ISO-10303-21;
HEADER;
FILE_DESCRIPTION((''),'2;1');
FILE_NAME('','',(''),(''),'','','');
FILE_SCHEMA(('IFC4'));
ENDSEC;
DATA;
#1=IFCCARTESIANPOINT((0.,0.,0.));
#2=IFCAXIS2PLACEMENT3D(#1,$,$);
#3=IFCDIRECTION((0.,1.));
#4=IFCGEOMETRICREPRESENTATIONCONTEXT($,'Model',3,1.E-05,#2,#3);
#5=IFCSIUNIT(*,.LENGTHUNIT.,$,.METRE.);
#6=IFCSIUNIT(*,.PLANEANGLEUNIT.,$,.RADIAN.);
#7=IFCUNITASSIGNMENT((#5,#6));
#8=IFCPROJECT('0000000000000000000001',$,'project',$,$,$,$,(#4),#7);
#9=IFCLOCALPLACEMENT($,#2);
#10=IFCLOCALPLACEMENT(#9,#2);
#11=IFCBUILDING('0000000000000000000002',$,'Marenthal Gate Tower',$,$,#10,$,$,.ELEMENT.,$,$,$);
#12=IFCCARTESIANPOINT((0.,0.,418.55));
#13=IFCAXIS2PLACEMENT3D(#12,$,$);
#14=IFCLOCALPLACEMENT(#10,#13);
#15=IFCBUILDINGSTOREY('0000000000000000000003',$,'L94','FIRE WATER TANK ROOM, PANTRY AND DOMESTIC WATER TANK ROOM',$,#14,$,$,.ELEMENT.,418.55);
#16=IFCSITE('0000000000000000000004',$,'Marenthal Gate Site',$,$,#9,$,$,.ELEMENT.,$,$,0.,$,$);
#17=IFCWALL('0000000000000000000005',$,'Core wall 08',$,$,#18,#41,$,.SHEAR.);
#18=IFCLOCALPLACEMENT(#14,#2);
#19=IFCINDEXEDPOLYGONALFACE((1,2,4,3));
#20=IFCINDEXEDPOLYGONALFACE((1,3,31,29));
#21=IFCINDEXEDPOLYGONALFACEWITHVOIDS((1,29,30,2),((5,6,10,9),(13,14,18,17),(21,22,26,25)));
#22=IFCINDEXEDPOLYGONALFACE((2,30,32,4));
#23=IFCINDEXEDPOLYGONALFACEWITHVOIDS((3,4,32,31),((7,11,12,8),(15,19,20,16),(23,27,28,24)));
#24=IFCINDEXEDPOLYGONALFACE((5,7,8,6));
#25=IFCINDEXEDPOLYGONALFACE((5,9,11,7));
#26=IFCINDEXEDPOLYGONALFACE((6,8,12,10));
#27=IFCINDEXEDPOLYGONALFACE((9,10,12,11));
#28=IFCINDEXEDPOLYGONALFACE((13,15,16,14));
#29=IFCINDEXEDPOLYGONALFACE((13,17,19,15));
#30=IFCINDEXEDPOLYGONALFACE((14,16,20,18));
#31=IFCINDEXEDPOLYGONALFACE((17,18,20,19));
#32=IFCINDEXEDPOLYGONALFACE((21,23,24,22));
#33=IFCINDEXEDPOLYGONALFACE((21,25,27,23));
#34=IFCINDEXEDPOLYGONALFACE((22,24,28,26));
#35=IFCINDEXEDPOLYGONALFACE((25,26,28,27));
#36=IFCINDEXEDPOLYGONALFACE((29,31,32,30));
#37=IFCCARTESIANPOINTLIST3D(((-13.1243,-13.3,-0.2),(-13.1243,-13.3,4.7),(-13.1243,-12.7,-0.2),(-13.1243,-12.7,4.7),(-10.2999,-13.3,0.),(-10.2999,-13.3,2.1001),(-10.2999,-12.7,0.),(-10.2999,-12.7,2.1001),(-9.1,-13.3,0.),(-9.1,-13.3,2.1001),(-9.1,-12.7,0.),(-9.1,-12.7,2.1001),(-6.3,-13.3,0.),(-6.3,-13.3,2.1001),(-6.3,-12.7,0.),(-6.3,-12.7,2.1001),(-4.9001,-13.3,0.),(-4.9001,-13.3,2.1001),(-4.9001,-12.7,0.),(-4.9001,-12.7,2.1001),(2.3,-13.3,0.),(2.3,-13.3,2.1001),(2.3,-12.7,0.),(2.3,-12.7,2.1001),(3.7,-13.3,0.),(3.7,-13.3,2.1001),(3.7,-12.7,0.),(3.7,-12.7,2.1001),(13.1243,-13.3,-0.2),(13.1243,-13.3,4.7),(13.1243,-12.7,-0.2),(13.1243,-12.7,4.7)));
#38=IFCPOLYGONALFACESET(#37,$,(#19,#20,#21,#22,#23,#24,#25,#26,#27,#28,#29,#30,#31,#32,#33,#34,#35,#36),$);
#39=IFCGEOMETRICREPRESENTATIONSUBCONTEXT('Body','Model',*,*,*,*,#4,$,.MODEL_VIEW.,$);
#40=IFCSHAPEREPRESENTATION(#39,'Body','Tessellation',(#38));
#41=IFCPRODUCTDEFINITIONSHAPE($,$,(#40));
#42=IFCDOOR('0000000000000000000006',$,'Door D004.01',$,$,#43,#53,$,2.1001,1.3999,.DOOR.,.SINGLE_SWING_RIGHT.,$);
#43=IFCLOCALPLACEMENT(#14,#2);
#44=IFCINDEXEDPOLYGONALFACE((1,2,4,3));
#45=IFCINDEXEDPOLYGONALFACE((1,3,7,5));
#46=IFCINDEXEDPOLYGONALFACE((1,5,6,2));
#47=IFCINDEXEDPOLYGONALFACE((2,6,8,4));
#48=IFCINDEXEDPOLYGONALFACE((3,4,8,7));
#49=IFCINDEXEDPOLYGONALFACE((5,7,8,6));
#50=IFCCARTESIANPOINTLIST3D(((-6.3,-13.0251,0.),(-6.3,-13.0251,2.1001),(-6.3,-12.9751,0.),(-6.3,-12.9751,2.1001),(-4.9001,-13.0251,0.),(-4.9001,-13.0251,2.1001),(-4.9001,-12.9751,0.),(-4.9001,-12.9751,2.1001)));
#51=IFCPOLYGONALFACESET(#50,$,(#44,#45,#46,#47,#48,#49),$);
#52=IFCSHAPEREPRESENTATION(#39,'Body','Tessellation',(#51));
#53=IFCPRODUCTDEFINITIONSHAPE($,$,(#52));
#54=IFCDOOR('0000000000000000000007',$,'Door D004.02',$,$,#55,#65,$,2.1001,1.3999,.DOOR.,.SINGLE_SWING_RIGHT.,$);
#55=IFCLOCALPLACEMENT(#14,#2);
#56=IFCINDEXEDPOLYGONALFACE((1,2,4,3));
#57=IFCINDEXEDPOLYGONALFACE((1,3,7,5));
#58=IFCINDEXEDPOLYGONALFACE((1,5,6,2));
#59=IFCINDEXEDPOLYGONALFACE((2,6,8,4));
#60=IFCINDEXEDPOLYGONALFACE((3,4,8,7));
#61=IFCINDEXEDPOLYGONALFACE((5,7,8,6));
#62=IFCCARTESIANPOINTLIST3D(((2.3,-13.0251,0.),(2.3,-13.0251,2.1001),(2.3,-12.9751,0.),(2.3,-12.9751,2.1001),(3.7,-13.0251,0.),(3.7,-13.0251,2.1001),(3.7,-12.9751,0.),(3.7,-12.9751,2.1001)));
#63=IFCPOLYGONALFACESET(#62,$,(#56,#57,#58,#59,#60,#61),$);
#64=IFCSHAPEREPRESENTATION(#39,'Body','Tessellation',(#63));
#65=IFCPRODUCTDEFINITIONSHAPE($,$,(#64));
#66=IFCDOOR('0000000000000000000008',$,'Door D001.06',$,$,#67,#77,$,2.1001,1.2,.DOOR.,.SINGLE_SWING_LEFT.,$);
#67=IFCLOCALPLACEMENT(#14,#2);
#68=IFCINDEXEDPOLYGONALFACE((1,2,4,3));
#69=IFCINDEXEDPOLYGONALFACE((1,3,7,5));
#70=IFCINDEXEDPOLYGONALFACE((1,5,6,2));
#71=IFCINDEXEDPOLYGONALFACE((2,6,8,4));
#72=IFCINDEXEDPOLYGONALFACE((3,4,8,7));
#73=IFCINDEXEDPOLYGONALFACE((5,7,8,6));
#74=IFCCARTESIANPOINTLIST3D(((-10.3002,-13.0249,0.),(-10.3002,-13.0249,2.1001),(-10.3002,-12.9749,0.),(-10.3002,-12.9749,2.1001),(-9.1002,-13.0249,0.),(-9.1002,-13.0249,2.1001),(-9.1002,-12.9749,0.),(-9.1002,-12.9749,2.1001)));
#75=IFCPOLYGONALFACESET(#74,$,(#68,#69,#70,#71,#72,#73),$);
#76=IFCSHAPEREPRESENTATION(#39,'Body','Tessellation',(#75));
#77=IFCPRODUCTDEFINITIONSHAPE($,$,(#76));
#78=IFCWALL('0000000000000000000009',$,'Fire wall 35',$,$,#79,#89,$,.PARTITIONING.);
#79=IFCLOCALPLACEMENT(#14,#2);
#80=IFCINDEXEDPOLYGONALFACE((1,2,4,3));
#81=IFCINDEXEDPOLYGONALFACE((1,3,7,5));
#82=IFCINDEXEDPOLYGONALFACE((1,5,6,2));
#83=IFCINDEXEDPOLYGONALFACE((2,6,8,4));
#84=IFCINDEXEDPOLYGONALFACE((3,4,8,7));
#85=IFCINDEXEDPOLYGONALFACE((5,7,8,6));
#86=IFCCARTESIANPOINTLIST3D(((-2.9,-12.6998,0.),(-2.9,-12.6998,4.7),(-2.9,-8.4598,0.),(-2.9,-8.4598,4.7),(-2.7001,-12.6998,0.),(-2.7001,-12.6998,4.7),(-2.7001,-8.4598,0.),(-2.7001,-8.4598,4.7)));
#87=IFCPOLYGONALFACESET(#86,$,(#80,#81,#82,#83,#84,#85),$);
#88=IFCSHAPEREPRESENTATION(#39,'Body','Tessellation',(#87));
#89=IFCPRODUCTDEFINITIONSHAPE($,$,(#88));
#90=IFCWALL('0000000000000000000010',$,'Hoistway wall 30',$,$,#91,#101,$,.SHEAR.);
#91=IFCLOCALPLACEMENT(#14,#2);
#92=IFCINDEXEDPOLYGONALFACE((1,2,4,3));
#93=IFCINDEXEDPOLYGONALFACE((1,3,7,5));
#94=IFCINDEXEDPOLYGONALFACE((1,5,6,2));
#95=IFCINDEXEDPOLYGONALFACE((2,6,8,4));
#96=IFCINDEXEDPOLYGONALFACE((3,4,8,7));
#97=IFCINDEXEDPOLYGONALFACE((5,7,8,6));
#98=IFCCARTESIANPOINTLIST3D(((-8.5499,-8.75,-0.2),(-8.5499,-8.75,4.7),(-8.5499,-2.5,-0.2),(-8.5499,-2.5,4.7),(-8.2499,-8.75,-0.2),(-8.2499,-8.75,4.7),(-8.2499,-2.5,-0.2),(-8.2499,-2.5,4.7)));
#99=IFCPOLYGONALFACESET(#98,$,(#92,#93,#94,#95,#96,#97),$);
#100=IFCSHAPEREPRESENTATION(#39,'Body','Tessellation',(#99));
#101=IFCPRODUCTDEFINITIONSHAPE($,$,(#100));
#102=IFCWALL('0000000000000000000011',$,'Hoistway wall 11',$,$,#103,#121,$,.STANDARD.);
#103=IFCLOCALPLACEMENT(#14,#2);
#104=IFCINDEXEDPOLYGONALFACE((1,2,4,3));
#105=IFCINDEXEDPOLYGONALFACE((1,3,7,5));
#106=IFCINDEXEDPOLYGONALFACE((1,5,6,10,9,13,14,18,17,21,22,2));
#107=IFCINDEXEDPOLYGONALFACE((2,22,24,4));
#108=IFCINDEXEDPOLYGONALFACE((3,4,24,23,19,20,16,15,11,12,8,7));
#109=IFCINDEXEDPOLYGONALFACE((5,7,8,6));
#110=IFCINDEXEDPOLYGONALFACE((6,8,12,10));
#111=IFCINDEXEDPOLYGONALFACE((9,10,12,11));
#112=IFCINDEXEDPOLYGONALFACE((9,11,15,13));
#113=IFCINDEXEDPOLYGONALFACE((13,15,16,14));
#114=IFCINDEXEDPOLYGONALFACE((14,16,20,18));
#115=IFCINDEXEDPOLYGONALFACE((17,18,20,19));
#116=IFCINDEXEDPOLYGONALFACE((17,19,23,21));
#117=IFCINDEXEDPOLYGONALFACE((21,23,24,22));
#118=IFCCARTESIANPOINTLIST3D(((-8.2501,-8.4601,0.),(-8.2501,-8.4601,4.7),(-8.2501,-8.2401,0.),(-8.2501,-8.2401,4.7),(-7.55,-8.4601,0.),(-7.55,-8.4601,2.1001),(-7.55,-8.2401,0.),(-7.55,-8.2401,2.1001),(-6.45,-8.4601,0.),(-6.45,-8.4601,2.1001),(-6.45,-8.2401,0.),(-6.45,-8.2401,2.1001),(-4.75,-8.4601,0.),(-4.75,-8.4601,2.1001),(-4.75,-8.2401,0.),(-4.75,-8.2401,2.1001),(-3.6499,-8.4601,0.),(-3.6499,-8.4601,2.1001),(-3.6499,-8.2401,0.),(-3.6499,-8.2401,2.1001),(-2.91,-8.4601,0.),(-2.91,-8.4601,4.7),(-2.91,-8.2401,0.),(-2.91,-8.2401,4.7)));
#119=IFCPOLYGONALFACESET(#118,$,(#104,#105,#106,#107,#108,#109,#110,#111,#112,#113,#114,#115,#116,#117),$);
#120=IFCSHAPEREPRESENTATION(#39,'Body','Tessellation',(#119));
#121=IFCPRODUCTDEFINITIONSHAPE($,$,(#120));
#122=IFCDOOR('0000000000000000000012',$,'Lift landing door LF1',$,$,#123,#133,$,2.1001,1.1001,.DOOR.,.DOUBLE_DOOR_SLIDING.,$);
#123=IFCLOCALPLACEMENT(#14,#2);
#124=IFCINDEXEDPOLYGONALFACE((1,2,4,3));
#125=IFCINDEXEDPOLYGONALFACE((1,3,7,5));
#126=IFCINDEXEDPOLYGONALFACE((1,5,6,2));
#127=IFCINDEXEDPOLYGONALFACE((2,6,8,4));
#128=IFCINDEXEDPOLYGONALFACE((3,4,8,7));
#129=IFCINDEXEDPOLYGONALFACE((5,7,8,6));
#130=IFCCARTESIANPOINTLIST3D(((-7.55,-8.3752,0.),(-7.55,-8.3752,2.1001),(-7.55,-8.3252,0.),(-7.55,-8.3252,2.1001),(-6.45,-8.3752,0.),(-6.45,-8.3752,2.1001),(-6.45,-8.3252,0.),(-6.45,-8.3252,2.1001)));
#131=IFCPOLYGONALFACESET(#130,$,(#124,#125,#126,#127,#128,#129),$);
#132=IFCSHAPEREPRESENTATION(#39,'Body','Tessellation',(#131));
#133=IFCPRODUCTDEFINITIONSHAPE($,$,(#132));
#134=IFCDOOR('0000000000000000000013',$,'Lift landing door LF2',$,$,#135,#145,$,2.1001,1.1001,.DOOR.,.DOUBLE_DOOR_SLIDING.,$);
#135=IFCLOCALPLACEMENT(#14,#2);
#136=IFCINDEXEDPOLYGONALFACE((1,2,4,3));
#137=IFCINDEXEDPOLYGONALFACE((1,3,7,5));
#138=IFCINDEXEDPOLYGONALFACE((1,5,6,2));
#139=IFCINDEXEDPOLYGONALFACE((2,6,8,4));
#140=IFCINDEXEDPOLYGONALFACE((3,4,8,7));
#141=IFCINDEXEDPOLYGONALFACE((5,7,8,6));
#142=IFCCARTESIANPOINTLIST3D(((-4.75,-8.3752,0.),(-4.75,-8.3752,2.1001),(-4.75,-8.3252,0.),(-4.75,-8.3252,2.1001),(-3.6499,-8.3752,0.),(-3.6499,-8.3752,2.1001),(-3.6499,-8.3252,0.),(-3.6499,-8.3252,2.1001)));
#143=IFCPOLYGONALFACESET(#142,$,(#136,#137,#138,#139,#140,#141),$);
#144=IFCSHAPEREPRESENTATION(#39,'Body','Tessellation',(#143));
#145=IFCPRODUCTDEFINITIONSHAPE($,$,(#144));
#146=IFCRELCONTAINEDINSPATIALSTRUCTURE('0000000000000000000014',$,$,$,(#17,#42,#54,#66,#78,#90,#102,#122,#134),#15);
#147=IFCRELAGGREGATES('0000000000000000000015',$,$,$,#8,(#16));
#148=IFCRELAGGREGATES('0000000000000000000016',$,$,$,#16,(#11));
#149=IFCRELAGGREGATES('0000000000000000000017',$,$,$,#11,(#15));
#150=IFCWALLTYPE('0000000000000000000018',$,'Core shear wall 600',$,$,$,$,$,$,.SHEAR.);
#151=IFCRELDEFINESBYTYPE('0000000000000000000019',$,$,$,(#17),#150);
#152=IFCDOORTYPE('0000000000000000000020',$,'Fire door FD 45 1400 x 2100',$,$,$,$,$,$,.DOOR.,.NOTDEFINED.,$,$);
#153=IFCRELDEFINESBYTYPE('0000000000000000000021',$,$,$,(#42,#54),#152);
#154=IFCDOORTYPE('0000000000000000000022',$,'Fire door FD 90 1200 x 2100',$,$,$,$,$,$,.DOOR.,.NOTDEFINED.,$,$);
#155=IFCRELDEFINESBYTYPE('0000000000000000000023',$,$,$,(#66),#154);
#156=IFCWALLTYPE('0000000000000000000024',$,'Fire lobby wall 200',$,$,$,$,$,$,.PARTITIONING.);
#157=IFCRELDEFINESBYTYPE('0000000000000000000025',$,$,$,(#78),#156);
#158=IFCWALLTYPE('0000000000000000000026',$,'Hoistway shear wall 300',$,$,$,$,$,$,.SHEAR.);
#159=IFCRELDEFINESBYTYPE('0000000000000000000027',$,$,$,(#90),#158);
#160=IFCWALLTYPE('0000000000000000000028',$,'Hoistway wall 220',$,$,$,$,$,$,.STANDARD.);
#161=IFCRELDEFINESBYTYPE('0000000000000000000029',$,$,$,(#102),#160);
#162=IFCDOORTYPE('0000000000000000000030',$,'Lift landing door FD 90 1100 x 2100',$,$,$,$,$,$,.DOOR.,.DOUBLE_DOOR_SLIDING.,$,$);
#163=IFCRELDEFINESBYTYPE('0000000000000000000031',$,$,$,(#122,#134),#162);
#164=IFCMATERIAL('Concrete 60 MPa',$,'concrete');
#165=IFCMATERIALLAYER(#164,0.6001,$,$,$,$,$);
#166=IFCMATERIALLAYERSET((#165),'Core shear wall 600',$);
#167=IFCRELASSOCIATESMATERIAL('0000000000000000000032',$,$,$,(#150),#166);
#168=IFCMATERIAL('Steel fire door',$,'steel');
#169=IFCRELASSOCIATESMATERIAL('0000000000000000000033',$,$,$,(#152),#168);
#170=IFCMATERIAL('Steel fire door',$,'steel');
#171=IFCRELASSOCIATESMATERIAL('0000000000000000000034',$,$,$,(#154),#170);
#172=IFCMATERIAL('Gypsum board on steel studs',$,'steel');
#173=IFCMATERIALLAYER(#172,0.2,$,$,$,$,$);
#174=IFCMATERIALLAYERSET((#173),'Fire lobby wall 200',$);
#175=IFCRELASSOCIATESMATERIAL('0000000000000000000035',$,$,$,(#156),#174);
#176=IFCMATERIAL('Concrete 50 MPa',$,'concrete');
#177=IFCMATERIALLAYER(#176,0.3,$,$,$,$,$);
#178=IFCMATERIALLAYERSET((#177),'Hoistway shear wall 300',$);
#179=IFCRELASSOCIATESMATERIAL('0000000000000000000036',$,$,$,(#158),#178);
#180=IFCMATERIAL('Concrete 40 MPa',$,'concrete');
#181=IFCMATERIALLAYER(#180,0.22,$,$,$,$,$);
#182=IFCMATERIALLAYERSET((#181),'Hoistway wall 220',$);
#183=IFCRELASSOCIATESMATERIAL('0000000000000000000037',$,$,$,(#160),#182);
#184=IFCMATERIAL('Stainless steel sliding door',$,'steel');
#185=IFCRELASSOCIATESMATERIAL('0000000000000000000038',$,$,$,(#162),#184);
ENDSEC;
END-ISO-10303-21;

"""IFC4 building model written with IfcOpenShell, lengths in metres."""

from ifc_helpers import new_model, si_unit, direction, frame, frame_2d, origin, place, context, subcontext, project, spatial, rectangle, extrude, material, layer, layer_set, type_object, element, fill, save


model = new_model("IFC4")

# Units and contexts
model_context = context("Model", 3, precision=1e-05, world=origin(), true_north=direction((0.0, 1.0)))
body_context = subcontext(model_context, "Body", "Model", "MODEL_VIEW")
ifc_project = project(units=[si_unit("LENGTHUNIT", "METRE"), si_unit("PLANEANGLEUNIT", "RADIAN")], contexts=[model_context])

# Site, building, storey
site_placement = place(None, origin())
site = spatial("IfcSite", under=ifc_project, at=site_placement, Name="Marenthal Gate Site", CompositionType="ELEMENT", RefElevation=0.0)
building_placement = place(site_placement, origin())
building = spatial("IfcBuilding", under=site, at=building_placement, Name="Marenthal Gate Tower", CompositionType="ELEMENT")
storey_placement = place(building_placement, frame((0.0, 0.0, 418.55)))
storey = spatial("IfcBuildingStorey", under=building, at=storey_placement, Name="L94", Description="FIRE WATER TANK ROOM, PANTRY AND DOMESTIC WATER TANK ROOM", CompositionType="ELEMENT", Elevation=418.55)

# Wall, openings, doors
ifc_material_1 = material(Name="Concrete 60 MPa", Category="concrete")
ifc_layer_1 = layer(ifc_material_1, 0.6001)
ifc_layer_set_1 = layer_set([ifc_layer_1], Name="Core shear wall 600")
wall_type_1 = type_object("IfcWallType", Name="Core shear wall 600", PredefinedType="SHEAR", material=ifc_layer_set_1)
wall_1_placement = place(storey_placement, frame((-13.1243, -13.0, -0.2), z_axis=(0.0, 0.0, 1.0), x_axis=(1.0, 0.0, 0.0)))
wall_1 = element("IfcWall", 1, at=wall_1_placement, inside=storey, type_object=wall_type_1, Name="Core wall 08", PredefinedType="SHEAR", context=body_context, shape_type="SweptSolid", body=[
    extrude(rectangle(XDim=26.2485, YDim=0.6001, at=frame_2d((13.1243, 0.0))), origin(), (0.0, 0.0, 1.0), 4.8999),
])
opening_1_placement = place(wall_1_placement, frame((2.8242, 0.0, 0.2)))
opening_1 = element("IfcOpeningElement", 2, at=opening_1_placement, cuts=wall_1, PredefinedType="OPENING", context=body_context, shape_type="SweptSolid", body=[
    extrude(rectangle(XDim=1.2, YDim=2.1001, at=frame_2d((0.6001, 1.05))), frame((0.0, 0.3101, 0.0), z_axis=(0.0, -1.0, 0.0), x_axis=(1.0, 0.0, 0.0)), (0.0, 0.0, 1.0), 0.6201),
])
opening_2_placement = place(wall_1_placement, frame((6.8242, 0.0, 0.2)))
opening_2 = element("IfcOpeningElement", 3, at=opening_2_placement, cuts=wall_1, PredefinedType="OPENING", context=body_context, shape_type="SweptSolid", body=[
    extrude(rectangle(XDim=1.3999, YDim=2.1001, at=frame_2d((0.7, 1.05))), frame((0.0, 0.3101, 0.0), z_axis=(0.0, -1.0, 0.0), x_axis=(1.0, 0.0, 0.0)), (0.0, 0.0, 1.0), 0.6201),
])
opening_3_placement = place(wall_1_placement, frame((15.4243, 0.0, 0.2)))
opening_3 = element("IfcOpeningElement", 4, at=opening_3_placement, cuts=wall_1, PredefinedType="OPENING", context=body_context, shape_type="SweptSolid", body=[
    extrude(rectangle(XDim=1.3999, YDim=2.1001, at=frame_2d((0.7, 1.05))), frame((0.0, 0.3101, 0.0), z_axis=(0.0, -1.0, 0.0), x_axis=(1.0, 0.0, 0.0)), (0.0, 0.0, 1.0), 0.6201),
])
ifc_material_2 = material(Name="Steel fire door", Category="steel")
door_type_1 = type_object("IfcDoorType", Name="Fire door FD 45 1400 x 2100", OperationType="NOTDEFINED", PredefinedType="DOOR", material=ifc_material_2)
door_1_placement = place(opening_2_placement, origin())
door_1 = element("IfcDoor", 5, at=door_1_placement, inside=storey, type_object=door_type_1, Name="Door D004.01", OperationType="SINGLE_SWING_RIGHT", OverallHeight=2.1001, OverallWidth=1.3999, PredefinedType="DOOR", context=body_context, shape_type="SweptSolid", body=[
    extrude(rectangle(XDim=1.3999, YDim=2.1001, at=frame_2d((0.7, 1.05))), frame((0.0, 0.0249, 0.0), z_axis=(0.0, -1.0, 0.0), x_axis=(1.0, 0.0, 0.0)), (0.0, 0.0, 1.0), 0.05),
])
fill(opening_2, door_1)
door_2_placement = place(opening_3_placement, origin())
door_2 = element("IfcDoor", 6, at=door_2_placement, inside=storey, type_object=door_type_1, Name="Door D004.02", OperationType="SINGLE_SWING_RIGHT", OverallHeight=2.1001, OverallWidth=1.3999, PredefinedType="DOOR", context=body_context, shape_type="SweptSolid", body=[
    extrude(rectangle(XDim=1.3999, YDim=2.1001, at=frame_2d((0.7, 1.05))), frame((0.0, 0.0249, 0.0), z_axis=(0.0, -1.0, 0.0), x_axis=(1.0, 0.0, 0.0)), (0.0, 0.0, 1.0), 0.05),
])
fill(opening_3, door_2)
ifc_material_3 = material(Name="Steel fire door", Category="steel")
door_type_2 = type_object("IfcDoorType", Name="Fire door FD 90 1200 x 2100", OperationType="NOTDEFINED", PredefinedType="DOOR", material=ifc_material_3)
door_3_placement = place(opening_1_placement, frame((1.2, 0.0, 0.0), z_axis=(0.0, 0.0, 1.0), x_axis=(-1.0, 0.0, 0.0)))
door_3 = element("IfcDoor", 7, at=door_3_placement, inside=storey, type_object=door_type_2, Name="Door D001.06", OperationType="SINGLE_SWING_LEFT", OverallHeight=2.1001, OverallWidth=1.2, PredefinedType="DOOR", context=body_context, shape_type="SweptSolid", body=[
    extrude(rectangle(XDim=1.2, YDim=2.1001, at=frame_2d((0.6001, 1.05))), frame((0.0, 0.0249, 0.0), z_axis=(0.0, -1.0, 0.0), x_axis=(1.0, 0.0, 0.0)), (0.0, 0.0, 1.0), 0.05),
])
fill(opening_1, door_3)

# Walls
ifc_material_4 = material(Name="Gypsum board on steel studs", Category="steel")
ifc_layer_2 = layer(ifc_material_4, 0.2)
ifc_layer_set_2 = layer_set([ifc_layer_2], Name="Fire lobby wall 200")
wall_type_2 = type_object("IfcWallType", Name="Fire lobby wall 200", PredefinedType="PARTITIONING", material=ifc_layer_set_2)
wall_2_placement = place(storey_placement, frame((-2.8, -12.7, 0.0), z_axis=(0.0, 0.0, 1.0), x_axis=(0.0, 1.0, 0.0)))
element("IfcWall", 8, at=wall_2_placement, inside=storey, type_object=wall_type_2, Name="Fire wall 35", PredefinedType="PARTITIONING", context=body_context, shape_type="SweptSolid", body=[
    extrude(rectangle(XDim=4.24, YDim=0.2, at=frame_2d((2.1201, 0.0))), origin(), (0.0, 0.0, 1.0), 4.7),
])
ifc_material_5 = material(Name="Concrete 50 MPa", Category="concrete")
ifc_layer_3 = layer(ifc_material_5, 0.3)
ifc_layer_set_3 = layer_set([ifc_layer_3], Name="Hoistway shear wall 300")
wall_type_3 = type_object("IfcWallType", Name="Hoistway shear wall 300", PredefinedType="SHEAR", material=ifc_layer_set_3)
wall_3_placement = place(storey_placement, frame((-8.3999, -8.75, -0.2), z_axis=(0.0, 0.0, 1.0), x_axis=(0.0, 1.0, 0.0)))
element("IfcWall", 9, at=wall_3_placement, inside=storey, type_object=wall_type_3, Name="Hoistway wall 30", PredefinedType="SHEAR", context=body_context, shape_type="SweptSolid", body=[
    extrude(rectangle(XDim=6.25, YDim=0.3, at=frame_2d((3.125, 0.0))), origin(), (0.0, 0.0, 1.0), 4.8999),
])

# Wall, openings, doors
ifc_material_6 = material(Name="Concrete 40 MPa", Category="concrete")
ifc_layer_4 = layer(ifc_material_6, 0.22)
ifc_layer_set_4 = layer_set([ifc_layer_4], Name="Hoistway wall 220")
wall_type_4 = type_object("IfcWallType", Name="Hoistway wall 220", PredefinedType="STANDARD", material=ifc_layer_set_4)
wall_4_placement = place(storey_placement, frame((-8.25, -8.3501, 0.0), z_axis=(0.0, 0.0, 1.0), x_axis=(1.0, 0.0, 0.0)))
wall_4 = element("IfcWall", 10, at=wall_4_placement, inside=storey, type_object=wall_type_4, Name="Hoistway wall 11", PredefinedType="STANDARD", context=body_context, shape_type="SweptSolid", body=[
    extrude(rectangle(XDim=5.3401, YDim=0.22, at=frame_2d((2.6699, 0.0))), origin(), (0.0, 0.0, 1.0), 4.7),
])
opening_4_placement = place(wall_4_placement, frame((0.7, 0.0, 0.0)))
opening_4 = element("IfcOpeningElement", 11, at=opening_4_placement, cuts=wall_4, PredefinedType="OPENING", context=body_context, shape_type="SweptSolid", body=[
    extrude(rectangle(XDim=1.1001, YDim=2.1001, at=frame_2d((0.55, 1.05))), frame((0.0, 0.1201, 0.0), z_axis=(0.0, -1.0, 0.0), x_axis=(1.0, 0.0, 0.0)), (0.0, 0.0, 1.0), 0.24),
])
opening_5_placement = place(wall_4_placement, frame((3.5, 0.0, 0.0)))
opening_5 = element("IfcOpeningElement", 12, at=opening_5_placement, cuts=wall_4, PredefinedType="OPENING", context=body_context, shape_type="SweptSolid", body=[
    extrude(rectangle(XDim=1.1001, YDim=2.1001, at=frame_2d((0.55, 1.05))), frame((0.0, 0.1201, 0.0), z_axis=(0.0, -1.0, 0.0), x_axis=(1.0, 0.0, 0.0)), (0.0, 0.0, 1.0), 0.24),
])
ifc_material_7 = material(Name="Stainless steel sliding door", Category="steel")
door_type_3 = type_object("IfcDoorType", Name="Lift landing door FD 90 1100 x 2100", OperationType="DOUBLE_DOOR_SLIDING", PredefinedType="DOOR", material=ifc_material_7)
door_4_placement = place(opening_4_placement, origin())
door_4 = element("IfcDoor", 13, at=door_4_placement, inside=storey, type_object=door_type_3, Name="Lift landing door LF1", OperationType="DOUBLE_DOOR_SLIDING", OverallHeight=2.1001, OverallWidth=1.1001, PredefinedType="DOOR", context=body_context, shape_type="SweptSolid", body=[
    extrude(rectangle(XDim=1.1001, YDim=2.1001, at=frame_2d((0.55, 1.05))), frame((0.0, 0.0249, 0.0), z_axis=(0.0, -1.0, 0.0), x_axis=(1.0, 0.0, 0.0)), (0.0, 0.0, 1.0), 0.05),
])
fill(opening_4, door_4)
door_5_placement = place(opening_5_placement, origin())
door_5 = element("IfcDoor", 14, at=door_5_placement, inside=storey, type_object=door_type_3, Name="Lift landing door LF2", OperationType="DOUBLE_DOOR_SLIDING", OverallHeight=2.1001, OverallWidth=1.1001, PredefinedType="DOOR", context=body_context, shape_type="SweptSolid", body=[
    extrude(rectangle(XDim=1.1001, YDim=2.1001, at=frame_2d((0.55, 1.05))), frame((0.0, 0.0249, 0.0), z_axis=(0.0, -1.0, 0.0), x_axis=(1.0, 0.0, 0.0)), (0.0, 0.0, 1.0), 0.05),
])
fill(opening_5, door_5)

save(model, "model.ifc")
